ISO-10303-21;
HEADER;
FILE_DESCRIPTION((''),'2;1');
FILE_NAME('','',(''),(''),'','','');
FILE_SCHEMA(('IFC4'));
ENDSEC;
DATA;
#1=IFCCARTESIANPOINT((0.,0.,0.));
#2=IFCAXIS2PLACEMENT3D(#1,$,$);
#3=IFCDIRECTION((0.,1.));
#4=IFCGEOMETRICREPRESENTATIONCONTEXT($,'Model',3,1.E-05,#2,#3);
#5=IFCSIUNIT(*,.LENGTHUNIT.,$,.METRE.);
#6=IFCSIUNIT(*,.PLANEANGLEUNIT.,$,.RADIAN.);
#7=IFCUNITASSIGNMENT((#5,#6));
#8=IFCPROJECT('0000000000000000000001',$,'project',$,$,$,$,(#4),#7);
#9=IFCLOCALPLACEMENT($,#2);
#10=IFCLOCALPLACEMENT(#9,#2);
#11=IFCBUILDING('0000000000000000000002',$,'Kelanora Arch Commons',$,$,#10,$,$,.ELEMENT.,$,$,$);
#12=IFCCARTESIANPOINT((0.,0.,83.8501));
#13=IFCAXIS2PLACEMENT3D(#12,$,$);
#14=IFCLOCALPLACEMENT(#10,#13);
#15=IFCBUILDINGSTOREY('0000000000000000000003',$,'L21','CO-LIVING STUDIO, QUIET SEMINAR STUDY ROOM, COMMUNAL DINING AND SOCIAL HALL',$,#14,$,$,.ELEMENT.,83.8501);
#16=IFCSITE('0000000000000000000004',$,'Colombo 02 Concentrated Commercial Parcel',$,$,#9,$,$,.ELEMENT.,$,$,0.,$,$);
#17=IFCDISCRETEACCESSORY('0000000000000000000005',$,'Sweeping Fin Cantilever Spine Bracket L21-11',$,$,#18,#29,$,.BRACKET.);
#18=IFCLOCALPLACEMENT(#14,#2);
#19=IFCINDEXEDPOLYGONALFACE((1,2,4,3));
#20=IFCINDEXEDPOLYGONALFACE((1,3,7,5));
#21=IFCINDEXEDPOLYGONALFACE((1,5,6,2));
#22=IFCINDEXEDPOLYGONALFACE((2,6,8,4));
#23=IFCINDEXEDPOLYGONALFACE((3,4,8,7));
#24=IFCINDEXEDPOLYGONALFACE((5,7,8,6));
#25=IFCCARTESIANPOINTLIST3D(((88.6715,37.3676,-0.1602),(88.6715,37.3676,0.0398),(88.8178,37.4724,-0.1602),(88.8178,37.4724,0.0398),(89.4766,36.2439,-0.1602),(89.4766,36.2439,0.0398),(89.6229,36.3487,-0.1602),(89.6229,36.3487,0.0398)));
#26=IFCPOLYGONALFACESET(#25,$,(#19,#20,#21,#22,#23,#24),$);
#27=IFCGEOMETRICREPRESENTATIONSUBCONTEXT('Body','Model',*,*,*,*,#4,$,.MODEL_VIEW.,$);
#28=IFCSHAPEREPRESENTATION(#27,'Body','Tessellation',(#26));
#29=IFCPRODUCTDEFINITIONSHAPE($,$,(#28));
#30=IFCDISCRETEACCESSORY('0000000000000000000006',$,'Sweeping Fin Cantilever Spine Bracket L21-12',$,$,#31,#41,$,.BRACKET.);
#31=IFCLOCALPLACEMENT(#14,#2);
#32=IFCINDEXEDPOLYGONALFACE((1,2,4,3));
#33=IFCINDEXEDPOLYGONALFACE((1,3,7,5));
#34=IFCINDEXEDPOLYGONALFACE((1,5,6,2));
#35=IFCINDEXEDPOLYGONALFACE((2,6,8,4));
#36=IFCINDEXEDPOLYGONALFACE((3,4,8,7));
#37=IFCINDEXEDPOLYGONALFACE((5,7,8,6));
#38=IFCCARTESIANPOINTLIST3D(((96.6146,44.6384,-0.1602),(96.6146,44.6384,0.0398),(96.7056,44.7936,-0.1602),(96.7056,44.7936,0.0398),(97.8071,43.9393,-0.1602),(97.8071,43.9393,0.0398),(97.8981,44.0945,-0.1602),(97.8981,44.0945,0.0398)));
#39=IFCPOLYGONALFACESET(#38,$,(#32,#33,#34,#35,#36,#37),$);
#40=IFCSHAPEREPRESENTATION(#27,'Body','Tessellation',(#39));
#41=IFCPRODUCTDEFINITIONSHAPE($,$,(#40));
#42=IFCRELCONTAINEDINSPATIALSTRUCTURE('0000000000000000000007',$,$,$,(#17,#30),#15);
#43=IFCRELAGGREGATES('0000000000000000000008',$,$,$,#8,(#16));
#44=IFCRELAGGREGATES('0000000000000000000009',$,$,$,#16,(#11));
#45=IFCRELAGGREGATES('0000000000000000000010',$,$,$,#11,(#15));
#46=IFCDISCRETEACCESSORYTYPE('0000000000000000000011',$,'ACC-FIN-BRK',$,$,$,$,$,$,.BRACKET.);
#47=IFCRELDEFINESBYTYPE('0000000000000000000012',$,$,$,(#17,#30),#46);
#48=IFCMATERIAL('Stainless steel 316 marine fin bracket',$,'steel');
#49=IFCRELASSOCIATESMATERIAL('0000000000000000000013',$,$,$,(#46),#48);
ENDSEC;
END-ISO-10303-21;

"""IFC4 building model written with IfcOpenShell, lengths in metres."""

from ifc_helpers import new_model, si_unit, direction, frame, origin, origin_2d, place, context, subcontext, project, spatial, rectangle, extrude, source, transform, mapped, material, type_object, element, save


model = new_model("IFC4")

# Units and contexts
model_context = context("Model", 3, precision=1e-05, world=origin(), true_north=direction((0.0, 1.0)))
body_context = subcontext(model_context, "Body", "Model", "MODEL_VIEW")
ifc_project = project(units=[si_unit("LENGTHUNIT", "METRE"), si_unit("PLANEANGLEUNIT", "RADIAN")], contexts=[model_context])

# Site, building, storey
site_placement = place(None, origin())
site = spatial("IfcSite", under=ifc_project, at=site_placement, Name="Colombo 02 Concentrated Commercial Parcel", CompositionType="ELEMENT", RefElevation=0.0)
building_placement = place(site_placement, origin())
building = spatial("IfcBuilding", under=site, at=building_placement, Name="Kelanora Arch Commons", CompositionType="ELEMENT")
storey_placement = place(building_placement, frame((0.0, 0.0, 83.8501)))
storey = spatial("IfcBuildingStorey", under=building, at=storey_placement, Name="L21", Description="CO-LIVING STUDIO, QUIET SEMINAR STUDY ROOM, COMMUNAL DINING AND SOCIAL HALL", CompositionType="ELEMENT", Elevation=83.8501)

# Discrete accessories
ifc_material_1 = material(Name="Stainless steel 316 marine fin bracket", Category="steel")
discrete_accessory_type = type_object("IfcDiscreteAccessoryType", Name="ACC-FIN-BRK", PredefinedType="BRACKET", material=ifc_material_1)
shared_shape_1 = source(origin(), body_context, "Body", "SweptSolid", [
    extrude(rectangle(XDim=1.3823, YDim=0.1799, at=origin_2d()), origin(), (0.0, 0.0, 1.0), 0.2),
])
for number, where, z_axis, x_axis, name in (
    (1, (89.1472, 36.8582, -0.1602), (0.0, 0.0, 1.0), (0.582407, -0.812898, 0.0), "Sweeping Fin Cantilever Spine Bracket L21-11"),
    (2, (97.2563, 44.3665, -0.1602), (0.0, 0.0, 1.0), (0.86269, -0.505733, 0.0), "Sweeping Fin Cantilever Spine Bracket L21-12"),
):
    element("IfcDiscreteAccessory", number, at=place(storey_placement, frame(where, z_axis=z_axis, x_axis=x_axis)), inside=storey, type_object=discrete_accessory_type, Name=name, PredefinedType="BRACKET", context=body_context, shape_type="MappedRepresentation", body=[
        mapped(shared_shape_1, transform((0.0, 0.0, 0.0), scale=1.0)),
    ])

save(model, "model.ifc")
